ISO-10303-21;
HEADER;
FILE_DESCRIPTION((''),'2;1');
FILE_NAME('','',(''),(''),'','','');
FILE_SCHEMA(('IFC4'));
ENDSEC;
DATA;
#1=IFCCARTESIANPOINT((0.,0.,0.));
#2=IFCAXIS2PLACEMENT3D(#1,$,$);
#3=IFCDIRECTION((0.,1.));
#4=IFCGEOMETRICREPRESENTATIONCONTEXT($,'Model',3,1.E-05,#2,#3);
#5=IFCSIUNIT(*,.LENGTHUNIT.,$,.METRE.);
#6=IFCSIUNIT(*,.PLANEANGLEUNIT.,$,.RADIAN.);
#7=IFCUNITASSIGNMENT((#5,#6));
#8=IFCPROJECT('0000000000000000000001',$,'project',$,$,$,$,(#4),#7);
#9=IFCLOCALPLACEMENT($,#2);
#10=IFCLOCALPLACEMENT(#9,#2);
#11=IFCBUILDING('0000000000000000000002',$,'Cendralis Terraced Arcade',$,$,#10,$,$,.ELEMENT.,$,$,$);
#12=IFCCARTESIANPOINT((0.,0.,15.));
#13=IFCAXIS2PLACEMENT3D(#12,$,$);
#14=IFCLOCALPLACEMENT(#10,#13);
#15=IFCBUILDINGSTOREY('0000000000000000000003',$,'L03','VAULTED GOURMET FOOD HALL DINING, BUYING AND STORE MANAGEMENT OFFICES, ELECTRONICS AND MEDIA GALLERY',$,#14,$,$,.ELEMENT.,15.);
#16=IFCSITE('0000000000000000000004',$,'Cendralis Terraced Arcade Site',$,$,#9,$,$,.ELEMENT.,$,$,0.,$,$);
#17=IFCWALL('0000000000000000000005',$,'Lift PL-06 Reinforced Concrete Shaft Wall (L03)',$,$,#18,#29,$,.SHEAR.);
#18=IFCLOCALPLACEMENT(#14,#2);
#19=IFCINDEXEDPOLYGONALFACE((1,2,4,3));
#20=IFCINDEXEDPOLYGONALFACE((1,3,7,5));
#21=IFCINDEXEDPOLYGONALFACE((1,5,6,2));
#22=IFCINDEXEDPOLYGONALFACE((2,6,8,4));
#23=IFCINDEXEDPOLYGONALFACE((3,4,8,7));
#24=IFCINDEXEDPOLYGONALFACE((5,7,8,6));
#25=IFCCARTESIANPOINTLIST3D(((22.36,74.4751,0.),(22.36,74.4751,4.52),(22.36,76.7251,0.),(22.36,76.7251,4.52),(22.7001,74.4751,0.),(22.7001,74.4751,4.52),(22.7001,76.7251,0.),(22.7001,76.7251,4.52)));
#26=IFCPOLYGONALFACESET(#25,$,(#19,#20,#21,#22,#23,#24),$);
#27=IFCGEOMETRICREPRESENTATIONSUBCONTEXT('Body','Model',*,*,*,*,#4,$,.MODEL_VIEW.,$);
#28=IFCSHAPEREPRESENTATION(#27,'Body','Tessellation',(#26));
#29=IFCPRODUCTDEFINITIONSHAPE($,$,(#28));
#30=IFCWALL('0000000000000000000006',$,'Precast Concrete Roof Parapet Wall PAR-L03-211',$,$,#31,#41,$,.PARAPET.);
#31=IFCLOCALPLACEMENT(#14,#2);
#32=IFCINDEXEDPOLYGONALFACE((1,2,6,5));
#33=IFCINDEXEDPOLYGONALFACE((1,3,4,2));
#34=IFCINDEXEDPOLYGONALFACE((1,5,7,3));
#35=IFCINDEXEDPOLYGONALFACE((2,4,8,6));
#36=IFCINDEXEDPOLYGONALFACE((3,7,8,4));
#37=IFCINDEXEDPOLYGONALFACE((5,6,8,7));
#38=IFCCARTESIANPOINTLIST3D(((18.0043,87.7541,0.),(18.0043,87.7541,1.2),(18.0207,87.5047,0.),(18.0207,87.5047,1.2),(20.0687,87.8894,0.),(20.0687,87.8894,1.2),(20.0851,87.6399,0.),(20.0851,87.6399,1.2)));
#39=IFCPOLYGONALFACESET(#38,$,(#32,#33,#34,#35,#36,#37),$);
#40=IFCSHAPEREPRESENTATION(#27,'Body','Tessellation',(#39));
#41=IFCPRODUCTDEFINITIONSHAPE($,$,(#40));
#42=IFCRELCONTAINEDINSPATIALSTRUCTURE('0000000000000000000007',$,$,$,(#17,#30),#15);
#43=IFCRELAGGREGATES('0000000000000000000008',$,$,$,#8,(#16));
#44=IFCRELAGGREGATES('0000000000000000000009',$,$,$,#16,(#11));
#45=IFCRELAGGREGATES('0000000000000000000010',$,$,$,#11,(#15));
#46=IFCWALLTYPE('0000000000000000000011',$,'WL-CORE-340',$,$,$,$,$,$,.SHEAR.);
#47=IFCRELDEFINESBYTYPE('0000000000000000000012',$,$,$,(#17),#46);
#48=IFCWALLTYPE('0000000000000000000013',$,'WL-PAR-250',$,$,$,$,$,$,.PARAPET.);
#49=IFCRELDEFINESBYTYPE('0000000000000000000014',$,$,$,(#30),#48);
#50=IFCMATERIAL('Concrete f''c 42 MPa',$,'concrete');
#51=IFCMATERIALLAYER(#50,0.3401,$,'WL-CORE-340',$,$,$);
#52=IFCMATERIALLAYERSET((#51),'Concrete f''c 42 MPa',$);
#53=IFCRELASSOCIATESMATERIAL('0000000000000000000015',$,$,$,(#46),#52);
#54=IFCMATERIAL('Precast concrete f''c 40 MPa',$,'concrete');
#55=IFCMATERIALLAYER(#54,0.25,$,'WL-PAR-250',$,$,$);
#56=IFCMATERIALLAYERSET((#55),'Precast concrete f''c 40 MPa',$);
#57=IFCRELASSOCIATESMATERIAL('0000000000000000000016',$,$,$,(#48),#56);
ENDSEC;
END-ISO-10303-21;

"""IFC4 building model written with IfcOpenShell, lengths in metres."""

from ifc_helpers import new_model, si_unit, direction, frame, frame_2d, origin, place, context, subcontext, project, spatial, rectangle, extrude, material, layer, layer_set, type_object, element, save


model = new_model("IFC4")

# Units and contexts
model_context = context("Model", 3, precision=1e-05, world=origin(), true_north=direction((0.0, 1.0)))
body_context = subcontext(model_context, "Body", "Model", "MODEL_VIEW")
ifc_project = project(units=[si_unit("LENGTHUNIT", "METRE"), si_unit("PLANEANGLEUNIT", "RADIAN")], contexts=[model_context])

# Site, building, storey
site_placement = place(None, origin())
site = spatial("IfcSite", under=ifc_project, at=site_placement, Name="Cendralis Terraced Arcade Site", CompositionType="ELEMENT", RefElevation=0.0)
building_placement = place(site_placement, origin())
building = spatial("IfcBuilding", under=site, at=building_placement, Name="Cendralis Terraced Arcade", CompositionType="ELEMENT")
storey_placement = place(building_placement, frame((0.0, 0.0, 15.0)))
storey = spatial("IfcBuildingStorey", under=building, at=storey_placement, Name="L03", Description="VAULTED GOURMET FOOD HALL DINING, BUYING AND STORE MANAGEMENT OFFICES, ELECTRONICS AND MEDIA GALLERY", CompositionType="ELEMENT", Elevation=15.0)

# Shared definitions
ifc_material_1 = material(Name="Concrete f'c 42 MPa", Category="concrete")

# Shared definitions
ifc_layer_1 = layer(ifc_material_1, 0.3401, Name="WL-CORE-340")
ifc_layer_set_1 = layer_set([ifc_layer_1], Name="Concrete f'c 42 MPa")
wall_type_1 = type_object("IfcWallType", Name="WL-CORE-340", PredefinedType="SHEAR", material=ifc_layer_set_1)

# Walls
wall_1_placement = place(storey_placement, frame((22.53, 74.4751, 0.0), z_axis=(0.0, 0.0, 1.0), x_axis=(0.0, 1.0, 0.0)))
element("IfcWall", 1, at=wall_1_placement, inside=storey, type_object=wall_type_1, Name="Lift PL-06 Reinforced Concrete Shaft Wall (L03)", PredefinedType="SHEAR", context=body_context, shape_type="SweptSolid", body=[
    extrude(rectangle(XDim=2.25, YDim=0.3401, at=frame_2d((1.125, 0.0))), origin(), (0.0, 0.0, 1.0), 4.52),
])
ifc_material_2 = material(Name="Precast concrete f'c 40 MPa", Category="concrete")
ifc_layer_2 = layer(ifc_material_2, 0.25, Name="WL-PAR-250")
ifc_layer_set_2 = layer_set([ifc_layer_2], Name="Precast concrete f'c 40 MPa")
wall_type_2 = type_object("IfcWallType", Name="WL-PAR-250", PredefinedType="PARAPET", material=ifc_layer_set_2)
wall_2_placement = place(storey_placement, frame((20.0769, 87.7646, 0.0), z_axis=(0.0, 0.0, 1.0), x_axis=(-0.997861, -0.065375, 0.0)))
element("IfcWall", 2, at=wall_2_placement, inside=storey, type_object=wall_type_2, Name="Precast Concrete Roof Parapet Wall PAR-L03-211", PredefinedType="PARAPET", context=body_context, shape_type="SweptSolid", body=[
    extrude(rectangle(XDim=2.0688, YDim=0.25, at=frame_2d((1.0344, 0.0))), origin(), (0.0, 0.0, 1.0), 1.2),
])

save(model, "model.ifc")
